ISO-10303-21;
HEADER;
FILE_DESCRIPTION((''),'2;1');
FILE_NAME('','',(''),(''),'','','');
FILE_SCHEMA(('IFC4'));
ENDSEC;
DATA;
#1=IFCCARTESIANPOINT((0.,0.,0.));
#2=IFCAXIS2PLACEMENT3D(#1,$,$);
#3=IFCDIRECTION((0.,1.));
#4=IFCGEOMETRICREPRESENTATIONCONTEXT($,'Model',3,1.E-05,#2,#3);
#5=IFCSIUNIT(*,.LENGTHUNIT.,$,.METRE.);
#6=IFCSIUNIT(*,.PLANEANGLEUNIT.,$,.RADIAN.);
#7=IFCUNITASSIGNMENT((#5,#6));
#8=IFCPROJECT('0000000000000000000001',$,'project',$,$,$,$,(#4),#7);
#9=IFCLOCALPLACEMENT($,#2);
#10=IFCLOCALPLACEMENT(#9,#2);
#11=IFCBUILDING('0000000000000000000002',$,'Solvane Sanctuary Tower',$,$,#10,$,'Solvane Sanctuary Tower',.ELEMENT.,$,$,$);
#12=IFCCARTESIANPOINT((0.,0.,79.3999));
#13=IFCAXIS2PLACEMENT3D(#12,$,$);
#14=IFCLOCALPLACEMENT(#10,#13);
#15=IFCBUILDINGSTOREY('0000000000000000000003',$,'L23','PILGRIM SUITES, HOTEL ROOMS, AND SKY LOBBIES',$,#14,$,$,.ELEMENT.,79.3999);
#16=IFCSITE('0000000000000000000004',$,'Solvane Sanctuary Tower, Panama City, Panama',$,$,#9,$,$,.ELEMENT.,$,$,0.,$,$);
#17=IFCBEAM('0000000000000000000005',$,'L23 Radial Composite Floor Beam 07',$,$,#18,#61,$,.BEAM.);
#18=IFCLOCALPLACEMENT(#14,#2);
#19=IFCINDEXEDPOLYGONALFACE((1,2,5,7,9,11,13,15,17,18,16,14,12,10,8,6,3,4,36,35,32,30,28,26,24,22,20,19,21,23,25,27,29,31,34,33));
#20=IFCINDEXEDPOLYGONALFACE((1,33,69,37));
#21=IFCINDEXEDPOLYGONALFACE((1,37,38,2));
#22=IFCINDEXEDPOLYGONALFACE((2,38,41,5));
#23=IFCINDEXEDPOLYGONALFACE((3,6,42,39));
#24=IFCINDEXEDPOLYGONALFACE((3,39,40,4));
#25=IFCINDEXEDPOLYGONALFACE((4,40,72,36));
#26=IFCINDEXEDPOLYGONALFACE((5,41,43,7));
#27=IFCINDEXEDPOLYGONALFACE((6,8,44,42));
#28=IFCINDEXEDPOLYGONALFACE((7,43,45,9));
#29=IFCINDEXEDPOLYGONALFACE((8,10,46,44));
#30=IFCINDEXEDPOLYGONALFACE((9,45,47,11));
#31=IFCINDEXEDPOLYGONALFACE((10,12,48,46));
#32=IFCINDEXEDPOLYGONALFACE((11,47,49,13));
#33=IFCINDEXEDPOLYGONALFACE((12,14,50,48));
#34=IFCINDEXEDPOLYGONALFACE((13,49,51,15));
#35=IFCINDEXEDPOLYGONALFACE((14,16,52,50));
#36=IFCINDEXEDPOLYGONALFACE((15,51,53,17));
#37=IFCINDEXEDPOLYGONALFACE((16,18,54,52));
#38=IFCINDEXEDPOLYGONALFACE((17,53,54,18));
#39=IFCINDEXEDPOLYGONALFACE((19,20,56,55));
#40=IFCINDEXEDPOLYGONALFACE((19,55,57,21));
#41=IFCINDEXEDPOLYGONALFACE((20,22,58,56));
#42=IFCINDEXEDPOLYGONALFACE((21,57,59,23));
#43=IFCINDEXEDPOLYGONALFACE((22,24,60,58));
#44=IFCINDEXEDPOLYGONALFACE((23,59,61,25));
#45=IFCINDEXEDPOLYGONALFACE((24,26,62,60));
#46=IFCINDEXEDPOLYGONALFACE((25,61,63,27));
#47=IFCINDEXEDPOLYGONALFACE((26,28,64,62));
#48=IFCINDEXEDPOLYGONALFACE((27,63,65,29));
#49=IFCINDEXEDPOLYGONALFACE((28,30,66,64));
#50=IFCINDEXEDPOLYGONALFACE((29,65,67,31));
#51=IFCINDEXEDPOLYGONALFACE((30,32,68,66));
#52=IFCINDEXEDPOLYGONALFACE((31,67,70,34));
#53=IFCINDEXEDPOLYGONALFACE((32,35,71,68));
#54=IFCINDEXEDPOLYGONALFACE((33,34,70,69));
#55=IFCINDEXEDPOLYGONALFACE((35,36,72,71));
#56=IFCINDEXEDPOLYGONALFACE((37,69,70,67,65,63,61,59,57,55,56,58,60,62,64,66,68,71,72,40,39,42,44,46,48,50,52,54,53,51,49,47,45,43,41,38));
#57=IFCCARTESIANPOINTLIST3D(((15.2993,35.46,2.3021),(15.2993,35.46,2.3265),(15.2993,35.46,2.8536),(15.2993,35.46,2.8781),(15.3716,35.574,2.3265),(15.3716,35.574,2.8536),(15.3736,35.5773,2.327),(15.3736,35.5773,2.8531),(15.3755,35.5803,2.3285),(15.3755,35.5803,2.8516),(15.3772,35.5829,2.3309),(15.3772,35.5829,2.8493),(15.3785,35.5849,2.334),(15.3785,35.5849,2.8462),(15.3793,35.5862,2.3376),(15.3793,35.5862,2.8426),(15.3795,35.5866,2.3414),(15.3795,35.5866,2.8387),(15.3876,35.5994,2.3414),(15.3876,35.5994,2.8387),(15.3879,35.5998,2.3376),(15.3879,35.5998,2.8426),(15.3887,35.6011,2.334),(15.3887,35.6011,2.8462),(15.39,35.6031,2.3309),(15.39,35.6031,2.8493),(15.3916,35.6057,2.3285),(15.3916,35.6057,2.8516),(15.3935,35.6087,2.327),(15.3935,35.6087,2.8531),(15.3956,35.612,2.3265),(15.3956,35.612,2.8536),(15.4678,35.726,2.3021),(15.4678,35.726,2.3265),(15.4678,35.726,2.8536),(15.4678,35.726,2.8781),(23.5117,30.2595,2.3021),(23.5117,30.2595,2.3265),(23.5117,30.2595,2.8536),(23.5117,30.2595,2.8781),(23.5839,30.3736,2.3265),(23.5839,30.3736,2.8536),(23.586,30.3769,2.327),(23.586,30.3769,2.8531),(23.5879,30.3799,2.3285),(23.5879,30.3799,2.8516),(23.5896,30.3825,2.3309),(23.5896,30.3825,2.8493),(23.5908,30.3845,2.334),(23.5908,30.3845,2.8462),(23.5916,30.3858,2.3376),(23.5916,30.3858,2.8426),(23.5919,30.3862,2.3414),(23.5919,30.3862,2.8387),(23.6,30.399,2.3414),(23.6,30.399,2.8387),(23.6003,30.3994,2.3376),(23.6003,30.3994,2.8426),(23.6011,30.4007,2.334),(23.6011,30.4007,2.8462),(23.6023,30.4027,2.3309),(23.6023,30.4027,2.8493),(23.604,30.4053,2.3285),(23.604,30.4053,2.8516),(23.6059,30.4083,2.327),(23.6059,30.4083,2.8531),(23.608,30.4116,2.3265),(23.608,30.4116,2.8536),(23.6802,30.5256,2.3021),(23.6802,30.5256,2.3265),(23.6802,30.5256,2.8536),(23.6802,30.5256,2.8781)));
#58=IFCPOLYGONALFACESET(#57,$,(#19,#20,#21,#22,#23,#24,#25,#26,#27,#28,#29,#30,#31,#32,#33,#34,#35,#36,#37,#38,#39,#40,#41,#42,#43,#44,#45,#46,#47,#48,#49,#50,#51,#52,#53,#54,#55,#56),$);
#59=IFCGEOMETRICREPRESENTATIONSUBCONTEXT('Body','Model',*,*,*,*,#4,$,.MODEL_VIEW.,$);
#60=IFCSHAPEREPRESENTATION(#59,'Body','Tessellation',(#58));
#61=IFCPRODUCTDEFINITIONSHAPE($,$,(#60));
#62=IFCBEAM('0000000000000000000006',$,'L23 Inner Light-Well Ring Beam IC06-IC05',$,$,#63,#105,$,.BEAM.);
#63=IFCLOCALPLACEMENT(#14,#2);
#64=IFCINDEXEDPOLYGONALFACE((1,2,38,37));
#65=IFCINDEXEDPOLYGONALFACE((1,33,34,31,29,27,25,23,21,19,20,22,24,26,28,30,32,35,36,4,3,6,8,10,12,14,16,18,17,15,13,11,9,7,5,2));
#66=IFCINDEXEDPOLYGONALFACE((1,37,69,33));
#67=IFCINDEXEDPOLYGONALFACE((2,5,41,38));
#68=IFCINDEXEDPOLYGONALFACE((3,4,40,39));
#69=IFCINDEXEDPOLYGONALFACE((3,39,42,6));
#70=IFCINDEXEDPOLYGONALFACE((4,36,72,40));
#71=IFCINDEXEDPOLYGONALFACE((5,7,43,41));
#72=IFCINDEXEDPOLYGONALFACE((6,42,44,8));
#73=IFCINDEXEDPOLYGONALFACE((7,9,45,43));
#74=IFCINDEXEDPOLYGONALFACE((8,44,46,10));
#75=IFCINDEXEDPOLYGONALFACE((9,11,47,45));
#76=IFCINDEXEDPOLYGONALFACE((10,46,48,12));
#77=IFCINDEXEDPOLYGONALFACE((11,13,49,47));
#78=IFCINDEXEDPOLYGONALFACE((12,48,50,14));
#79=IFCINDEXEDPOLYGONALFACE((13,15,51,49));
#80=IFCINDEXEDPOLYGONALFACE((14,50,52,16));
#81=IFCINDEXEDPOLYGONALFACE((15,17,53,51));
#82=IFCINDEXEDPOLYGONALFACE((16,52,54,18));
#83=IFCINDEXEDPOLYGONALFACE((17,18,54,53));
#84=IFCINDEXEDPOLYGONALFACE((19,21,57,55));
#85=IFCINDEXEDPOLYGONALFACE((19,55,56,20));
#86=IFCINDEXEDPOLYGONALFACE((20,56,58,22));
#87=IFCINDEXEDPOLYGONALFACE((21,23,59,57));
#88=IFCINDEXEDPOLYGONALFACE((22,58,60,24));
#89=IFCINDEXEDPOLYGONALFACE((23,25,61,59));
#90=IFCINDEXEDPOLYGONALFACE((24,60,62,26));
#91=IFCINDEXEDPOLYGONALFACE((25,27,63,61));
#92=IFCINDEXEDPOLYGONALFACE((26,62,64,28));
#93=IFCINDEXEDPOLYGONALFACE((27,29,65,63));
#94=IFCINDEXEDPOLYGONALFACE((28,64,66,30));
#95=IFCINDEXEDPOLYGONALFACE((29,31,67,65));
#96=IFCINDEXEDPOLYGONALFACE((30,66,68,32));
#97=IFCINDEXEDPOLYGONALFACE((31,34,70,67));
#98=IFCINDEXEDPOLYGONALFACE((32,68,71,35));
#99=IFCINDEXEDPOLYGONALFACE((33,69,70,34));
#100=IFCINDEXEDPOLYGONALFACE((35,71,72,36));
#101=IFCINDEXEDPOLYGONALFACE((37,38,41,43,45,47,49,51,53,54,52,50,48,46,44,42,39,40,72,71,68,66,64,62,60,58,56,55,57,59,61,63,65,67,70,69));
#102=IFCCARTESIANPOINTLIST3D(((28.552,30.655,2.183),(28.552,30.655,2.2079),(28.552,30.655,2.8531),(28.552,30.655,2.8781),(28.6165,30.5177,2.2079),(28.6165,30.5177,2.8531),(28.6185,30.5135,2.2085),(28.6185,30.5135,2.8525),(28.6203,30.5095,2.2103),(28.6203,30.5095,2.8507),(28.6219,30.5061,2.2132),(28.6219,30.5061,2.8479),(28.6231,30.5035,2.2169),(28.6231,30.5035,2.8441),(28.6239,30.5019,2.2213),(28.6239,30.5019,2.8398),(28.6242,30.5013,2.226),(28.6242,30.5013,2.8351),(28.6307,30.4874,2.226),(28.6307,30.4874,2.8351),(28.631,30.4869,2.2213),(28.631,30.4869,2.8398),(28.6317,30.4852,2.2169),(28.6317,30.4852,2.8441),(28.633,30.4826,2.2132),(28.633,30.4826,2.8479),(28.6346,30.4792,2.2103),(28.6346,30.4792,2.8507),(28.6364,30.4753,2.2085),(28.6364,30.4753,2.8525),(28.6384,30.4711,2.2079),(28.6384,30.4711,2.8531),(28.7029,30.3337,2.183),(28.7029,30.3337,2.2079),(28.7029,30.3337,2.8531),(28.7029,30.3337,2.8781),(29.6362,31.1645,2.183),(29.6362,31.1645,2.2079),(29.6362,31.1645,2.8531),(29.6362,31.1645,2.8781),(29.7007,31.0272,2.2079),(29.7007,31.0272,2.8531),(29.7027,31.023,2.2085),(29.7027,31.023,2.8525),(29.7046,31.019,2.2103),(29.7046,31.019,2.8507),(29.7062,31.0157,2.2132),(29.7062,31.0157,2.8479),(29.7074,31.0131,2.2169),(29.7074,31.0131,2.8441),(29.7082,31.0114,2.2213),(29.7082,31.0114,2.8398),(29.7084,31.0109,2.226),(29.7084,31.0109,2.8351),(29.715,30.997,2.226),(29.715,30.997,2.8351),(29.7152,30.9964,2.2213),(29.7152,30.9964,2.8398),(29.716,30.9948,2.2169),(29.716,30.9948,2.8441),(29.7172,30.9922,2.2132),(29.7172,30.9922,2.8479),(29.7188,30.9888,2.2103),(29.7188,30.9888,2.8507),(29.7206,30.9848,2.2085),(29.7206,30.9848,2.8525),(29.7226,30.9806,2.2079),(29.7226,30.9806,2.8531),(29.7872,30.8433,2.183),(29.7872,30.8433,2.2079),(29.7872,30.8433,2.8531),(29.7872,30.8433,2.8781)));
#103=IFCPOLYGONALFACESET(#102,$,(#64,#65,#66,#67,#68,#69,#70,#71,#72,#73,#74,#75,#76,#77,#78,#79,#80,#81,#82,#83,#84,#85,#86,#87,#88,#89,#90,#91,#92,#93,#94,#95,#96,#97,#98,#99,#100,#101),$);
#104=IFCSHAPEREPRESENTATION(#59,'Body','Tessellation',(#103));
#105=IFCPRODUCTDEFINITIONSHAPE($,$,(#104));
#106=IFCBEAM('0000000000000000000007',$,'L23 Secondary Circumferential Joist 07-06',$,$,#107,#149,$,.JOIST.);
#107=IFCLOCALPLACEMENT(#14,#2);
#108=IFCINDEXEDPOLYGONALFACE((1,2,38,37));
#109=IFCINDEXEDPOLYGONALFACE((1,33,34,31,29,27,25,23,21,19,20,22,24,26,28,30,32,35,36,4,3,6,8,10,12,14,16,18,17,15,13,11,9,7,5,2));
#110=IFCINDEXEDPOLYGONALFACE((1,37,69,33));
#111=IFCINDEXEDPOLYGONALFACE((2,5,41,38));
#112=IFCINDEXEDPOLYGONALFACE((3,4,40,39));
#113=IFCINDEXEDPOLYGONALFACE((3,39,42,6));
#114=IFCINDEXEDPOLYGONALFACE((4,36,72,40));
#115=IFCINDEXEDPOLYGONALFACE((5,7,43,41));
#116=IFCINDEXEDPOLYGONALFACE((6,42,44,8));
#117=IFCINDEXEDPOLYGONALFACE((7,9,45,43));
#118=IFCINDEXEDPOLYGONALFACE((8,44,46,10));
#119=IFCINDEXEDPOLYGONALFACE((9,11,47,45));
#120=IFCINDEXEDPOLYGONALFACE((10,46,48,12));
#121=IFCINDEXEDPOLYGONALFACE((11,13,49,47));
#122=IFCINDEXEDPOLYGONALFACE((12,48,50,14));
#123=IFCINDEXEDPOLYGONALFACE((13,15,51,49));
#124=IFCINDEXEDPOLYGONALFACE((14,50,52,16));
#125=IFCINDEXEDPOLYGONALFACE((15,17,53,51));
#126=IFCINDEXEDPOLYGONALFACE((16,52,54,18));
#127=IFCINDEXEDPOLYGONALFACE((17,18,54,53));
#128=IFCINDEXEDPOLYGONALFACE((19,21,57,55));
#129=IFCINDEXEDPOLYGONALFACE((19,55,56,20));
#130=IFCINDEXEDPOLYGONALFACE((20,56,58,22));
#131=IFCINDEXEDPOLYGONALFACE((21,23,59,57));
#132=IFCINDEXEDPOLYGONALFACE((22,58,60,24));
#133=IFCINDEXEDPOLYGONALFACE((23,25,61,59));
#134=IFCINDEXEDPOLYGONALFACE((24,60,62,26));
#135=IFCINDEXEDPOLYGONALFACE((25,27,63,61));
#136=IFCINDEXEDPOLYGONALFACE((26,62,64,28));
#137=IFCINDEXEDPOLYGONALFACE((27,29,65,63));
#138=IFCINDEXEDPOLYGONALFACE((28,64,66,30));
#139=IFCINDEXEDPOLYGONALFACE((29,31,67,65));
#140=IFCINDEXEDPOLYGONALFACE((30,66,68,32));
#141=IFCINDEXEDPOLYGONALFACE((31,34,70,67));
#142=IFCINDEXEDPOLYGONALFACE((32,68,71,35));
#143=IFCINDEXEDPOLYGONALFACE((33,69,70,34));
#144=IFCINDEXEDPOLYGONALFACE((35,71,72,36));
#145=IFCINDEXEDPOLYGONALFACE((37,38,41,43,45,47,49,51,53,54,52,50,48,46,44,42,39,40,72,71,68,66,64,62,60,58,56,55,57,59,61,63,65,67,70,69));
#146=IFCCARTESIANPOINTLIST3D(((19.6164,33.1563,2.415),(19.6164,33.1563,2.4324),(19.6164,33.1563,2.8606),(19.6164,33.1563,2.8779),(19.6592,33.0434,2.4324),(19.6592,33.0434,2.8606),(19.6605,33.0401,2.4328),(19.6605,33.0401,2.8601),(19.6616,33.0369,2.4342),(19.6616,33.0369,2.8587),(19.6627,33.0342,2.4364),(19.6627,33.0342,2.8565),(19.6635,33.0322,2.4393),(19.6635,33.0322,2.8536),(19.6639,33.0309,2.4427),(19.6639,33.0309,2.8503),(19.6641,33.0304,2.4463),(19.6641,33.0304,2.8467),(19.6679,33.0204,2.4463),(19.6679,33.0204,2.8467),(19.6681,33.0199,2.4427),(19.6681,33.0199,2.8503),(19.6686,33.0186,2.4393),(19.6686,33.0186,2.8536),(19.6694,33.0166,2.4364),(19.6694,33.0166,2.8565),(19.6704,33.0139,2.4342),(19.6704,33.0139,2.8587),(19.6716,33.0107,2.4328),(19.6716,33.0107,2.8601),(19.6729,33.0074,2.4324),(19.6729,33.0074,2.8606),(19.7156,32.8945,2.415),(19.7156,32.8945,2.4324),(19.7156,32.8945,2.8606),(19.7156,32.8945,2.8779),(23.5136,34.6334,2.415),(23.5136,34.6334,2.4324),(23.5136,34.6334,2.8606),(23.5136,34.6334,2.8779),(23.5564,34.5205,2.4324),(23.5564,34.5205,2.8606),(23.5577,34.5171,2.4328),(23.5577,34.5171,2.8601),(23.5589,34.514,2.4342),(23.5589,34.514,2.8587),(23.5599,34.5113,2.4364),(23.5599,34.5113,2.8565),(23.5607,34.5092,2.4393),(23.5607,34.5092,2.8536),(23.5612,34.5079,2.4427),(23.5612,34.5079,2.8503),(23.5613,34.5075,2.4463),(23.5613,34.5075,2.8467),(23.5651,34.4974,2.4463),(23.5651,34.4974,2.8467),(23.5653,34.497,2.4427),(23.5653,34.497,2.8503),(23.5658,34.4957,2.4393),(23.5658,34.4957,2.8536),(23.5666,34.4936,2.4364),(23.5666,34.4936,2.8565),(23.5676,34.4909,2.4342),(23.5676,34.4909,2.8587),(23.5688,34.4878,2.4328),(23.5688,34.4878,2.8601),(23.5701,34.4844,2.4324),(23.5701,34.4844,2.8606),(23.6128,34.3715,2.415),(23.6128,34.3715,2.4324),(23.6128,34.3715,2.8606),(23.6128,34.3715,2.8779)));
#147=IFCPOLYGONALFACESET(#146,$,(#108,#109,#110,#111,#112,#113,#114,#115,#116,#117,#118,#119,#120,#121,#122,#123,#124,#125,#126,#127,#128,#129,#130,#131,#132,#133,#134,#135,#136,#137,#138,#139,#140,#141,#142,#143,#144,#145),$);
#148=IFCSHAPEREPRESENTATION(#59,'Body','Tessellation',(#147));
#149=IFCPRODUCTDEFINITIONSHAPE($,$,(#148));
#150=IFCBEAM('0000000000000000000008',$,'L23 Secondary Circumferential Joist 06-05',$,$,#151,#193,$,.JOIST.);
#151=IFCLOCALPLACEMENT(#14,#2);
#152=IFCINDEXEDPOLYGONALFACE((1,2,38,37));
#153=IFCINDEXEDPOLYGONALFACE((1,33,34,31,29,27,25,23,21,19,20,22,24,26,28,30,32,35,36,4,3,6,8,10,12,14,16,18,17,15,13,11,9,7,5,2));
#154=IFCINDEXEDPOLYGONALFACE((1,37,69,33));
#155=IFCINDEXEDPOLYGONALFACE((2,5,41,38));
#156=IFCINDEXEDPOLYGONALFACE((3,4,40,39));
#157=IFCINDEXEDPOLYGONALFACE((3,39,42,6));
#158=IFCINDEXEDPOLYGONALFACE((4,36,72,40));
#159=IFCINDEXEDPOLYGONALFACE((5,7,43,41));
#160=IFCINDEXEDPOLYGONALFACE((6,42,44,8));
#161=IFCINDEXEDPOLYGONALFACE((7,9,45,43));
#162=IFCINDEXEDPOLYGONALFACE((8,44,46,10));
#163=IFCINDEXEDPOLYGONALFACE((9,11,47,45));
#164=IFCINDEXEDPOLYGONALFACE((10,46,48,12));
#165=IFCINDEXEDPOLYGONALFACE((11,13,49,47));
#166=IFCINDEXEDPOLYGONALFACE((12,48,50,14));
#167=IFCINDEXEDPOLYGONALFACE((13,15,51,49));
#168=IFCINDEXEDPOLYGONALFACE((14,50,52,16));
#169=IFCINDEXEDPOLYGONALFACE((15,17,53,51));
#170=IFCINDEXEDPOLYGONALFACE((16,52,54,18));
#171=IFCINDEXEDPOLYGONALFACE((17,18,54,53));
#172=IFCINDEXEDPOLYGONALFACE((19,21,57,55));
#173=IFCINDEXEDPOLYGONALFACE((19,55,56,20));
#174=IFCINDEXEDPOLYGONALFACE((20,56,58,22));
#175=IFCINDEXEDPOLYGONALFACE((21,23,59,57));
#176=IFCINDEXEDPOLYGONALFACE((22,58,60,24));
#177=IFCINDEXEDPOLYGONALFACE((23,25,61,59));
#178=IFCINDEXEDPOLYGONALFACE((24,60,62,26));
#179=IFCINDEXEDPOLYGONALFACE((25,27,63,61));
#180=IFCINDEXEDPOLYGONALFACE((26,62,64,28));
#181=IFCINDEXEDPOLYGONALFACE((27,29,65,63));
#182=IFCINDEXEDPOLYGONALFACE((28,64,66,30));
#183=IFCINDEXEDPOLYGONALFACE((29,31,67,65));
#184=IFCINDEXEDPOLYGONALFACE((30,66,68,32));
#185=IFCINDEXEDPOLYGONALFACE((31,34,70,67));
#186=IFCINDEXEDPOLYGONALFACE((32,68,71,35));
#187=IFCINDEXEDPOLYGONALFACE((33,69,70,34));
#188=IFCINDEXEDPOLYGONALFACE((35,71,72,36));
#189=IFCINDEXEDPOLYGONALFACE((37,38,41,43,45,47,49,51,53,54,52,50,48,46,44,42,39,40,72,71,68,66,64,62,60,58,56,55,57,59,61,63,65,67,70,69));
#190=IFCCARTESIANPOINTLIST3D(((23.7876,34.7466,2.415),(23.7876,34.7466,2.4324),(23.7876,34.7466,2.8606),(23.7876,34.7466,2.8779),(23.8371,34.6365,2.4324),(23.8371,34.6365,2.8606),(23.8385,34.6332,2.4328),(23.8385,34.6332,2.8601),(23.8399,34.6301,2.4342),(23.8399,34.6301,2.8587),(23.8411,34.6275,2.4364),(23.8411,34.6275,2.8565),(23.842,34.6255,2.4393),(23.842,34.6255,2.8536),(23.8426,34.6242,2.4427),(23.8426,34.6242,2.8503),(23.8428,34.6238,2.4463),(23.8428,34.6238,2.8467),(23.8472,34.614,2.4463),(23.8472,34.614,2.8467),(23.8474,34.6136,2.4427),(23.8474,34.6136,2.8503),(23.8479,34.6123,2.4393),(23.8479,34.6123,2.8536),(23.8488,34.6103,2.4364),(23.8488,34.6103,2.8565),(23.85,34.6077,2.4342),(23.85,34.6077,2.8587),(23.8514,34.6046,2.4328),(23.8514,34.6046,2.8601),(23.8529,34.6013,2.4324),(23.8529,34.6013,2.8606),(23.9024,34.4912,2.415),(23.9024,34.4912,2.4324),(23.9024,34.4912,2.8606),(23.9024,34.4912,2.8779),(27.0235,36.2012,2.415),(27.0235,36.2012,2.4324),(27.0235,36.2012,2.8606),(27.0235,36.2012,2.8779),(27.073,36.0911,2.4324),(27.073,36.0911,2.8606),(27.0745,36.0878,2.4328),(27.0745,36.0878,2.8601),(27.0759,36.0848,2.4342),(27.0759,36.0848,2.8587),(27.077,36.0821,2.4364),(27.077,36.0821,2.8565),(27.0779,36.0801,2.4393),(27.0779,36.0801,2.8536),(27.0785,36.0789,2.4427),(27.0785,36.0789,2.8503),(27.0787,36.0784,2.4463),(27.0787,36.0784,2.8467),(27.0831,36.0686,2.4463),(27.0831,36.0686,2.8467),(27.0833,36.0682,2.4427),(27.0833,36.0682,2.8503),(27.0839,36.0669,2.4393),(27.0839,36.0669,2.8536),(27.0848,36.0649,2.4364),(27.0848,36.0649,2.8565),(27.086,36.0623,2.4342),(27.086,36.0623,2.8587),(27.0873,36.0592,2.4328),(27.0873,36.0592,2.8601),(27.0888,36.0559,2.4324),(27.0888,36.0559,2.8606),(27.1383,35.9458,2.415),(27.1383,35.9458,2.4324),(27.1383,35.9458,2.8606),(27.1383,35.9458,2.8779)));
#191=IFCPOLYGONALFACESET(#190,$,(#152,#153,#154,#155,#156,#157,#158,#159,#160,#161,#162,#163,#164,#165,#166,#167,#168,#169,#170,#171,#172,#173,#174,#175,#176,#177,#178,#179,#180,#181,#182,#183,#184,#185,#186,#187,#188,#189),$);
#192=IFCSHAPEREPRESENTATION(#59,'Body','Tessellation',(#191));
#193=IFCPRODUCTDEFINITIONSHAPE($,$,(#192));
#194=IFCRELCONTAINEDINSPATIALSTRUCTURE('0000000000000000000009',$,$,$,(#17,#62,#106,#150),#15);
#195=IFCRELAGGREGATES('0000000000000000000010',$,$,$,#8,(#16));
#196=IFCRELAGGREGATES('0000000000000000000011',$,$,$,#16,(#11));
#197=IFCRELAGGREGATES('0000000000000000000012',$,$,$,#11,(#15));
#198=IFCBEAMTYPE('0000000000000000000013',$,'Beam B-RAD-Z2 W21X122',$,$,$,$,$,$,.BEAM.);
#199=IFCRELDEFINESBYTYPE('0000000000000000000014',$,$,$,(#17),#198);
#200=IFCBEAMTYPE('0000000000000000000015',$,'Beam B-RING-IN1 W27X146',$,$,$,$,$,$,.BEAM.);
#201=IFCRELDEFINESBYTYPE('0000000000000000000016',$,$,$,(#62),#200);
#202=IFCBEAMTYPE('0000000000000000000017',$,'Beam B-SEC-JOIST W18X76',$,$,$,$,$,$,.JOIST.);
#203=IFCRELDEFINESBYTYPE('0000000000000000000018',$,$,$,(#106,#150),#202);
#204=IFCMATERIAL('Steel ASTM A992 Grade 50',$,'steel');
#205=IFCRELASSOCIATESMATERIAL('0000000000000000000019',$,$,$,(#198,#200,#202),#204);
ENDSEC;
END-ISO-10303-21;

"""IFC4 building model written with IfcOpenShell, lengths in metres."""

from ifc_helpers import new_model, si_unit, direction, frame, origin, origin_2d, place, context, subcontext, project, spatial, i_section, extrude, material, material_profile, profile_set, type_object, element, save


model = new_model("IFC4")

# Units and contexts
model_context = context("Model", 3, precision=1e-05, world=origin(), true_north=direction((0.0, 1.0)))
body_context = subcontext(model_context, "Body", "Model", "MODEL_VIEW")
ifc_project = project(units=[si_unit("LENGTHUNIT", "METRE"), si_unit("PLANEANGLEUNIT", "RADIAN")], contexts=[model_context])

# Site, building, storey
site_placement = place(None, origin())
site = spatial("IfcSite", under=ifc_project, at=site_placement, Name="Solvane Sanctuary Tower, Panama City, Panama", CompositionType="ELEMENT", RefElevation=0.0)
building_placement = place(site_placement, origin())
building = spatial("IfcBuilding", under=site, at=building_placement, Name="Solvane Sanctuary Tower", LongName="Solvane Sanctuary Tower", CompositionType="ELEMENT")
storey_placement = place(building_placement, frame((0.0, 0.0, 79.3999)))
storey = spatial("IfcBuildingStorey", under=building, at=storey_placement, Name="L23", Description="PILGRIM SUITES, HOTEL ROOMS, AND SKY LOBBIES", CompositionType="ELEMENT", Elevation=79.3999)

# Beams
ifc_material_1 = material(Name="Steel ASTM A992 Grade 50", Category="steel")
ifc_material_profile_1 = material_profile(ifc_material_1, i_section(OverallWidth=0.3149, OverallDepth=0.5759, WebThickness=0.0151, FlangeThickness=0.0244, FilletRadius=0.0149, at=origin_2d()), Name="W21X122")
ifc_profile_set_1 = profile_set([ifc_material_profile_1], Name="Steel ASTM A992 Grade 50")
beam_type_1 = type_object("IfcBeamType", Name="Beam B-RAD-Z2 W21X122", PredefinedType="BEAM", material=ifc_profile_set_1)
beam_1_placement = place(storey_placement, frame((23.5959, 30.3926, 2.5901), z_axis=(-0.844854, 0.534997, 0.0), x_axis=(-0.534997, -0.844854, 0.0)))
element("IfcBeam", 1, at=beam_1_placement, inside=storey, type_object=beam_type_1, Name="L23 Radial Composite Floor Beam 07", PredefinedType="BEAM", context=body_context, shape_type="SweptSolid", body=[
    extrude(i_section(OverallWidth=0.3149, OverallDepth=0.5759, WebThickness=0.0151, FlangeThickness=0.0244, FilletRadius=0.0149, at=origin_2d()), origin(), (0.0, 0.0, 1.0), 9.7205),
])
ifc_material_profile_2 = material_profile(ifc_material_1, i_section(OverallWidth=0.355, OverallDepth=0.6951, WebThickness=0.0154, FlangeThickness=0.0249, FilletRadius=0.0181, at=origin_2d()), Name="W27X146")
ifc_profile_set_2 = profile_set([ifc_material_profile_2], Name="Steel ASTM A992 Grade 50")
beam_type_2 = type_object("IfcBeamType", Name="Beam B-RING-IN1 W27X146", PredefinedType="BEAM", material=ifc_profile_set_2)
beam_2_placement = place(storey_placement, frame((28.6274, 30.4944, 2.5305), z_axis=(0.905045, 0.425316, 0.0), x_axis=(-0.425316, 0.905045, 0.0)))
element("IfcBeam", 2, at=beam_2_placement, inside=storey, type_object=beam_type_2, Name="L23 Inner Light-Well Ring Beam IC06-IC05", PredefinedType="BEAM", context=body_context, shape_type="SweptSolid", body=[
    extrude(i_section(OverallWidth=0.355, OverallDepth=0.6951, WebThickness=0.0154, FlangeThickness=0.0249, FilletRadius=0.0181, at=origin_2d()), origin(), (0.0, 0.0, 1.0), 1.198),
])
ifc_material_profile_3 = material_profile(ifc_material_1, i_section(OverallWidth=0.28, OverallDepth=0.4629, WebThickness=0.0107, FlangeThickness=0.0173, FilletRadius=0.0139, at=origin_2d()), Name="W18X76")
ifc_profile_set_3 = profile_set([ifc_material_profile_3], Name="Steel ASTM A992 Grade 50")
beam_type_3 = type_object("IfcBeamType", Name="Beam B-SEC-JOIST W18X76", PredefinedType="JOIST", material=ifc_profile_set_3)
beam_3_placement = place(storey_placement, frame((19.666, 33.0254, 2.6465), z_axis=(0.935093, 0.354402, 0.0), x_axis=(-0.354402, 0.935093, 0.0)))
element("IfcBeam", 3, at=beam_3_placement, inside=storey, type_object=beam_type_3, Name="L23 Secondary Circumferential Joist 07-06", PredefinedType="JOIST", context=body_context, shape_type="SweptSolid", body=[
    extrude(i_section(OverallWidth=0.28, OverallDepth=0.4629, WebThickness=0.0107, FlangeThickness=0.0173, FilletRadius=0.0139, at=origin_2d()), origin(), (0.0, 0.0, 1.0), 4.1677),
])
beam_4_placement = place(storey_placement, frame((23.845, 34.6189, 2.6465), z_axis=(0.912084, 0.410004, 0.0), x_axis=(-0.410004, 0.912084, 0.0)))
element("IfcBeam", 4, at=beam_4_placement, inside=storey, type_object=beam_type_3, Name="L23 Secondary Circumferential Joist 06-05", PredefinedType="JOIST", context=body_context, shape_type="SweptSolid", body=[
    extrude(i_section(OverallWidth=0.28, OverallDepth=0.4629, WebThickness=0.0107, FlangeThickness=0.0173, FilletRadius=0.0139, at=origin_2d()), origin(), (0.0, 0.0, 1.0), 3.5479),
])

save(model, "model.ifc")
